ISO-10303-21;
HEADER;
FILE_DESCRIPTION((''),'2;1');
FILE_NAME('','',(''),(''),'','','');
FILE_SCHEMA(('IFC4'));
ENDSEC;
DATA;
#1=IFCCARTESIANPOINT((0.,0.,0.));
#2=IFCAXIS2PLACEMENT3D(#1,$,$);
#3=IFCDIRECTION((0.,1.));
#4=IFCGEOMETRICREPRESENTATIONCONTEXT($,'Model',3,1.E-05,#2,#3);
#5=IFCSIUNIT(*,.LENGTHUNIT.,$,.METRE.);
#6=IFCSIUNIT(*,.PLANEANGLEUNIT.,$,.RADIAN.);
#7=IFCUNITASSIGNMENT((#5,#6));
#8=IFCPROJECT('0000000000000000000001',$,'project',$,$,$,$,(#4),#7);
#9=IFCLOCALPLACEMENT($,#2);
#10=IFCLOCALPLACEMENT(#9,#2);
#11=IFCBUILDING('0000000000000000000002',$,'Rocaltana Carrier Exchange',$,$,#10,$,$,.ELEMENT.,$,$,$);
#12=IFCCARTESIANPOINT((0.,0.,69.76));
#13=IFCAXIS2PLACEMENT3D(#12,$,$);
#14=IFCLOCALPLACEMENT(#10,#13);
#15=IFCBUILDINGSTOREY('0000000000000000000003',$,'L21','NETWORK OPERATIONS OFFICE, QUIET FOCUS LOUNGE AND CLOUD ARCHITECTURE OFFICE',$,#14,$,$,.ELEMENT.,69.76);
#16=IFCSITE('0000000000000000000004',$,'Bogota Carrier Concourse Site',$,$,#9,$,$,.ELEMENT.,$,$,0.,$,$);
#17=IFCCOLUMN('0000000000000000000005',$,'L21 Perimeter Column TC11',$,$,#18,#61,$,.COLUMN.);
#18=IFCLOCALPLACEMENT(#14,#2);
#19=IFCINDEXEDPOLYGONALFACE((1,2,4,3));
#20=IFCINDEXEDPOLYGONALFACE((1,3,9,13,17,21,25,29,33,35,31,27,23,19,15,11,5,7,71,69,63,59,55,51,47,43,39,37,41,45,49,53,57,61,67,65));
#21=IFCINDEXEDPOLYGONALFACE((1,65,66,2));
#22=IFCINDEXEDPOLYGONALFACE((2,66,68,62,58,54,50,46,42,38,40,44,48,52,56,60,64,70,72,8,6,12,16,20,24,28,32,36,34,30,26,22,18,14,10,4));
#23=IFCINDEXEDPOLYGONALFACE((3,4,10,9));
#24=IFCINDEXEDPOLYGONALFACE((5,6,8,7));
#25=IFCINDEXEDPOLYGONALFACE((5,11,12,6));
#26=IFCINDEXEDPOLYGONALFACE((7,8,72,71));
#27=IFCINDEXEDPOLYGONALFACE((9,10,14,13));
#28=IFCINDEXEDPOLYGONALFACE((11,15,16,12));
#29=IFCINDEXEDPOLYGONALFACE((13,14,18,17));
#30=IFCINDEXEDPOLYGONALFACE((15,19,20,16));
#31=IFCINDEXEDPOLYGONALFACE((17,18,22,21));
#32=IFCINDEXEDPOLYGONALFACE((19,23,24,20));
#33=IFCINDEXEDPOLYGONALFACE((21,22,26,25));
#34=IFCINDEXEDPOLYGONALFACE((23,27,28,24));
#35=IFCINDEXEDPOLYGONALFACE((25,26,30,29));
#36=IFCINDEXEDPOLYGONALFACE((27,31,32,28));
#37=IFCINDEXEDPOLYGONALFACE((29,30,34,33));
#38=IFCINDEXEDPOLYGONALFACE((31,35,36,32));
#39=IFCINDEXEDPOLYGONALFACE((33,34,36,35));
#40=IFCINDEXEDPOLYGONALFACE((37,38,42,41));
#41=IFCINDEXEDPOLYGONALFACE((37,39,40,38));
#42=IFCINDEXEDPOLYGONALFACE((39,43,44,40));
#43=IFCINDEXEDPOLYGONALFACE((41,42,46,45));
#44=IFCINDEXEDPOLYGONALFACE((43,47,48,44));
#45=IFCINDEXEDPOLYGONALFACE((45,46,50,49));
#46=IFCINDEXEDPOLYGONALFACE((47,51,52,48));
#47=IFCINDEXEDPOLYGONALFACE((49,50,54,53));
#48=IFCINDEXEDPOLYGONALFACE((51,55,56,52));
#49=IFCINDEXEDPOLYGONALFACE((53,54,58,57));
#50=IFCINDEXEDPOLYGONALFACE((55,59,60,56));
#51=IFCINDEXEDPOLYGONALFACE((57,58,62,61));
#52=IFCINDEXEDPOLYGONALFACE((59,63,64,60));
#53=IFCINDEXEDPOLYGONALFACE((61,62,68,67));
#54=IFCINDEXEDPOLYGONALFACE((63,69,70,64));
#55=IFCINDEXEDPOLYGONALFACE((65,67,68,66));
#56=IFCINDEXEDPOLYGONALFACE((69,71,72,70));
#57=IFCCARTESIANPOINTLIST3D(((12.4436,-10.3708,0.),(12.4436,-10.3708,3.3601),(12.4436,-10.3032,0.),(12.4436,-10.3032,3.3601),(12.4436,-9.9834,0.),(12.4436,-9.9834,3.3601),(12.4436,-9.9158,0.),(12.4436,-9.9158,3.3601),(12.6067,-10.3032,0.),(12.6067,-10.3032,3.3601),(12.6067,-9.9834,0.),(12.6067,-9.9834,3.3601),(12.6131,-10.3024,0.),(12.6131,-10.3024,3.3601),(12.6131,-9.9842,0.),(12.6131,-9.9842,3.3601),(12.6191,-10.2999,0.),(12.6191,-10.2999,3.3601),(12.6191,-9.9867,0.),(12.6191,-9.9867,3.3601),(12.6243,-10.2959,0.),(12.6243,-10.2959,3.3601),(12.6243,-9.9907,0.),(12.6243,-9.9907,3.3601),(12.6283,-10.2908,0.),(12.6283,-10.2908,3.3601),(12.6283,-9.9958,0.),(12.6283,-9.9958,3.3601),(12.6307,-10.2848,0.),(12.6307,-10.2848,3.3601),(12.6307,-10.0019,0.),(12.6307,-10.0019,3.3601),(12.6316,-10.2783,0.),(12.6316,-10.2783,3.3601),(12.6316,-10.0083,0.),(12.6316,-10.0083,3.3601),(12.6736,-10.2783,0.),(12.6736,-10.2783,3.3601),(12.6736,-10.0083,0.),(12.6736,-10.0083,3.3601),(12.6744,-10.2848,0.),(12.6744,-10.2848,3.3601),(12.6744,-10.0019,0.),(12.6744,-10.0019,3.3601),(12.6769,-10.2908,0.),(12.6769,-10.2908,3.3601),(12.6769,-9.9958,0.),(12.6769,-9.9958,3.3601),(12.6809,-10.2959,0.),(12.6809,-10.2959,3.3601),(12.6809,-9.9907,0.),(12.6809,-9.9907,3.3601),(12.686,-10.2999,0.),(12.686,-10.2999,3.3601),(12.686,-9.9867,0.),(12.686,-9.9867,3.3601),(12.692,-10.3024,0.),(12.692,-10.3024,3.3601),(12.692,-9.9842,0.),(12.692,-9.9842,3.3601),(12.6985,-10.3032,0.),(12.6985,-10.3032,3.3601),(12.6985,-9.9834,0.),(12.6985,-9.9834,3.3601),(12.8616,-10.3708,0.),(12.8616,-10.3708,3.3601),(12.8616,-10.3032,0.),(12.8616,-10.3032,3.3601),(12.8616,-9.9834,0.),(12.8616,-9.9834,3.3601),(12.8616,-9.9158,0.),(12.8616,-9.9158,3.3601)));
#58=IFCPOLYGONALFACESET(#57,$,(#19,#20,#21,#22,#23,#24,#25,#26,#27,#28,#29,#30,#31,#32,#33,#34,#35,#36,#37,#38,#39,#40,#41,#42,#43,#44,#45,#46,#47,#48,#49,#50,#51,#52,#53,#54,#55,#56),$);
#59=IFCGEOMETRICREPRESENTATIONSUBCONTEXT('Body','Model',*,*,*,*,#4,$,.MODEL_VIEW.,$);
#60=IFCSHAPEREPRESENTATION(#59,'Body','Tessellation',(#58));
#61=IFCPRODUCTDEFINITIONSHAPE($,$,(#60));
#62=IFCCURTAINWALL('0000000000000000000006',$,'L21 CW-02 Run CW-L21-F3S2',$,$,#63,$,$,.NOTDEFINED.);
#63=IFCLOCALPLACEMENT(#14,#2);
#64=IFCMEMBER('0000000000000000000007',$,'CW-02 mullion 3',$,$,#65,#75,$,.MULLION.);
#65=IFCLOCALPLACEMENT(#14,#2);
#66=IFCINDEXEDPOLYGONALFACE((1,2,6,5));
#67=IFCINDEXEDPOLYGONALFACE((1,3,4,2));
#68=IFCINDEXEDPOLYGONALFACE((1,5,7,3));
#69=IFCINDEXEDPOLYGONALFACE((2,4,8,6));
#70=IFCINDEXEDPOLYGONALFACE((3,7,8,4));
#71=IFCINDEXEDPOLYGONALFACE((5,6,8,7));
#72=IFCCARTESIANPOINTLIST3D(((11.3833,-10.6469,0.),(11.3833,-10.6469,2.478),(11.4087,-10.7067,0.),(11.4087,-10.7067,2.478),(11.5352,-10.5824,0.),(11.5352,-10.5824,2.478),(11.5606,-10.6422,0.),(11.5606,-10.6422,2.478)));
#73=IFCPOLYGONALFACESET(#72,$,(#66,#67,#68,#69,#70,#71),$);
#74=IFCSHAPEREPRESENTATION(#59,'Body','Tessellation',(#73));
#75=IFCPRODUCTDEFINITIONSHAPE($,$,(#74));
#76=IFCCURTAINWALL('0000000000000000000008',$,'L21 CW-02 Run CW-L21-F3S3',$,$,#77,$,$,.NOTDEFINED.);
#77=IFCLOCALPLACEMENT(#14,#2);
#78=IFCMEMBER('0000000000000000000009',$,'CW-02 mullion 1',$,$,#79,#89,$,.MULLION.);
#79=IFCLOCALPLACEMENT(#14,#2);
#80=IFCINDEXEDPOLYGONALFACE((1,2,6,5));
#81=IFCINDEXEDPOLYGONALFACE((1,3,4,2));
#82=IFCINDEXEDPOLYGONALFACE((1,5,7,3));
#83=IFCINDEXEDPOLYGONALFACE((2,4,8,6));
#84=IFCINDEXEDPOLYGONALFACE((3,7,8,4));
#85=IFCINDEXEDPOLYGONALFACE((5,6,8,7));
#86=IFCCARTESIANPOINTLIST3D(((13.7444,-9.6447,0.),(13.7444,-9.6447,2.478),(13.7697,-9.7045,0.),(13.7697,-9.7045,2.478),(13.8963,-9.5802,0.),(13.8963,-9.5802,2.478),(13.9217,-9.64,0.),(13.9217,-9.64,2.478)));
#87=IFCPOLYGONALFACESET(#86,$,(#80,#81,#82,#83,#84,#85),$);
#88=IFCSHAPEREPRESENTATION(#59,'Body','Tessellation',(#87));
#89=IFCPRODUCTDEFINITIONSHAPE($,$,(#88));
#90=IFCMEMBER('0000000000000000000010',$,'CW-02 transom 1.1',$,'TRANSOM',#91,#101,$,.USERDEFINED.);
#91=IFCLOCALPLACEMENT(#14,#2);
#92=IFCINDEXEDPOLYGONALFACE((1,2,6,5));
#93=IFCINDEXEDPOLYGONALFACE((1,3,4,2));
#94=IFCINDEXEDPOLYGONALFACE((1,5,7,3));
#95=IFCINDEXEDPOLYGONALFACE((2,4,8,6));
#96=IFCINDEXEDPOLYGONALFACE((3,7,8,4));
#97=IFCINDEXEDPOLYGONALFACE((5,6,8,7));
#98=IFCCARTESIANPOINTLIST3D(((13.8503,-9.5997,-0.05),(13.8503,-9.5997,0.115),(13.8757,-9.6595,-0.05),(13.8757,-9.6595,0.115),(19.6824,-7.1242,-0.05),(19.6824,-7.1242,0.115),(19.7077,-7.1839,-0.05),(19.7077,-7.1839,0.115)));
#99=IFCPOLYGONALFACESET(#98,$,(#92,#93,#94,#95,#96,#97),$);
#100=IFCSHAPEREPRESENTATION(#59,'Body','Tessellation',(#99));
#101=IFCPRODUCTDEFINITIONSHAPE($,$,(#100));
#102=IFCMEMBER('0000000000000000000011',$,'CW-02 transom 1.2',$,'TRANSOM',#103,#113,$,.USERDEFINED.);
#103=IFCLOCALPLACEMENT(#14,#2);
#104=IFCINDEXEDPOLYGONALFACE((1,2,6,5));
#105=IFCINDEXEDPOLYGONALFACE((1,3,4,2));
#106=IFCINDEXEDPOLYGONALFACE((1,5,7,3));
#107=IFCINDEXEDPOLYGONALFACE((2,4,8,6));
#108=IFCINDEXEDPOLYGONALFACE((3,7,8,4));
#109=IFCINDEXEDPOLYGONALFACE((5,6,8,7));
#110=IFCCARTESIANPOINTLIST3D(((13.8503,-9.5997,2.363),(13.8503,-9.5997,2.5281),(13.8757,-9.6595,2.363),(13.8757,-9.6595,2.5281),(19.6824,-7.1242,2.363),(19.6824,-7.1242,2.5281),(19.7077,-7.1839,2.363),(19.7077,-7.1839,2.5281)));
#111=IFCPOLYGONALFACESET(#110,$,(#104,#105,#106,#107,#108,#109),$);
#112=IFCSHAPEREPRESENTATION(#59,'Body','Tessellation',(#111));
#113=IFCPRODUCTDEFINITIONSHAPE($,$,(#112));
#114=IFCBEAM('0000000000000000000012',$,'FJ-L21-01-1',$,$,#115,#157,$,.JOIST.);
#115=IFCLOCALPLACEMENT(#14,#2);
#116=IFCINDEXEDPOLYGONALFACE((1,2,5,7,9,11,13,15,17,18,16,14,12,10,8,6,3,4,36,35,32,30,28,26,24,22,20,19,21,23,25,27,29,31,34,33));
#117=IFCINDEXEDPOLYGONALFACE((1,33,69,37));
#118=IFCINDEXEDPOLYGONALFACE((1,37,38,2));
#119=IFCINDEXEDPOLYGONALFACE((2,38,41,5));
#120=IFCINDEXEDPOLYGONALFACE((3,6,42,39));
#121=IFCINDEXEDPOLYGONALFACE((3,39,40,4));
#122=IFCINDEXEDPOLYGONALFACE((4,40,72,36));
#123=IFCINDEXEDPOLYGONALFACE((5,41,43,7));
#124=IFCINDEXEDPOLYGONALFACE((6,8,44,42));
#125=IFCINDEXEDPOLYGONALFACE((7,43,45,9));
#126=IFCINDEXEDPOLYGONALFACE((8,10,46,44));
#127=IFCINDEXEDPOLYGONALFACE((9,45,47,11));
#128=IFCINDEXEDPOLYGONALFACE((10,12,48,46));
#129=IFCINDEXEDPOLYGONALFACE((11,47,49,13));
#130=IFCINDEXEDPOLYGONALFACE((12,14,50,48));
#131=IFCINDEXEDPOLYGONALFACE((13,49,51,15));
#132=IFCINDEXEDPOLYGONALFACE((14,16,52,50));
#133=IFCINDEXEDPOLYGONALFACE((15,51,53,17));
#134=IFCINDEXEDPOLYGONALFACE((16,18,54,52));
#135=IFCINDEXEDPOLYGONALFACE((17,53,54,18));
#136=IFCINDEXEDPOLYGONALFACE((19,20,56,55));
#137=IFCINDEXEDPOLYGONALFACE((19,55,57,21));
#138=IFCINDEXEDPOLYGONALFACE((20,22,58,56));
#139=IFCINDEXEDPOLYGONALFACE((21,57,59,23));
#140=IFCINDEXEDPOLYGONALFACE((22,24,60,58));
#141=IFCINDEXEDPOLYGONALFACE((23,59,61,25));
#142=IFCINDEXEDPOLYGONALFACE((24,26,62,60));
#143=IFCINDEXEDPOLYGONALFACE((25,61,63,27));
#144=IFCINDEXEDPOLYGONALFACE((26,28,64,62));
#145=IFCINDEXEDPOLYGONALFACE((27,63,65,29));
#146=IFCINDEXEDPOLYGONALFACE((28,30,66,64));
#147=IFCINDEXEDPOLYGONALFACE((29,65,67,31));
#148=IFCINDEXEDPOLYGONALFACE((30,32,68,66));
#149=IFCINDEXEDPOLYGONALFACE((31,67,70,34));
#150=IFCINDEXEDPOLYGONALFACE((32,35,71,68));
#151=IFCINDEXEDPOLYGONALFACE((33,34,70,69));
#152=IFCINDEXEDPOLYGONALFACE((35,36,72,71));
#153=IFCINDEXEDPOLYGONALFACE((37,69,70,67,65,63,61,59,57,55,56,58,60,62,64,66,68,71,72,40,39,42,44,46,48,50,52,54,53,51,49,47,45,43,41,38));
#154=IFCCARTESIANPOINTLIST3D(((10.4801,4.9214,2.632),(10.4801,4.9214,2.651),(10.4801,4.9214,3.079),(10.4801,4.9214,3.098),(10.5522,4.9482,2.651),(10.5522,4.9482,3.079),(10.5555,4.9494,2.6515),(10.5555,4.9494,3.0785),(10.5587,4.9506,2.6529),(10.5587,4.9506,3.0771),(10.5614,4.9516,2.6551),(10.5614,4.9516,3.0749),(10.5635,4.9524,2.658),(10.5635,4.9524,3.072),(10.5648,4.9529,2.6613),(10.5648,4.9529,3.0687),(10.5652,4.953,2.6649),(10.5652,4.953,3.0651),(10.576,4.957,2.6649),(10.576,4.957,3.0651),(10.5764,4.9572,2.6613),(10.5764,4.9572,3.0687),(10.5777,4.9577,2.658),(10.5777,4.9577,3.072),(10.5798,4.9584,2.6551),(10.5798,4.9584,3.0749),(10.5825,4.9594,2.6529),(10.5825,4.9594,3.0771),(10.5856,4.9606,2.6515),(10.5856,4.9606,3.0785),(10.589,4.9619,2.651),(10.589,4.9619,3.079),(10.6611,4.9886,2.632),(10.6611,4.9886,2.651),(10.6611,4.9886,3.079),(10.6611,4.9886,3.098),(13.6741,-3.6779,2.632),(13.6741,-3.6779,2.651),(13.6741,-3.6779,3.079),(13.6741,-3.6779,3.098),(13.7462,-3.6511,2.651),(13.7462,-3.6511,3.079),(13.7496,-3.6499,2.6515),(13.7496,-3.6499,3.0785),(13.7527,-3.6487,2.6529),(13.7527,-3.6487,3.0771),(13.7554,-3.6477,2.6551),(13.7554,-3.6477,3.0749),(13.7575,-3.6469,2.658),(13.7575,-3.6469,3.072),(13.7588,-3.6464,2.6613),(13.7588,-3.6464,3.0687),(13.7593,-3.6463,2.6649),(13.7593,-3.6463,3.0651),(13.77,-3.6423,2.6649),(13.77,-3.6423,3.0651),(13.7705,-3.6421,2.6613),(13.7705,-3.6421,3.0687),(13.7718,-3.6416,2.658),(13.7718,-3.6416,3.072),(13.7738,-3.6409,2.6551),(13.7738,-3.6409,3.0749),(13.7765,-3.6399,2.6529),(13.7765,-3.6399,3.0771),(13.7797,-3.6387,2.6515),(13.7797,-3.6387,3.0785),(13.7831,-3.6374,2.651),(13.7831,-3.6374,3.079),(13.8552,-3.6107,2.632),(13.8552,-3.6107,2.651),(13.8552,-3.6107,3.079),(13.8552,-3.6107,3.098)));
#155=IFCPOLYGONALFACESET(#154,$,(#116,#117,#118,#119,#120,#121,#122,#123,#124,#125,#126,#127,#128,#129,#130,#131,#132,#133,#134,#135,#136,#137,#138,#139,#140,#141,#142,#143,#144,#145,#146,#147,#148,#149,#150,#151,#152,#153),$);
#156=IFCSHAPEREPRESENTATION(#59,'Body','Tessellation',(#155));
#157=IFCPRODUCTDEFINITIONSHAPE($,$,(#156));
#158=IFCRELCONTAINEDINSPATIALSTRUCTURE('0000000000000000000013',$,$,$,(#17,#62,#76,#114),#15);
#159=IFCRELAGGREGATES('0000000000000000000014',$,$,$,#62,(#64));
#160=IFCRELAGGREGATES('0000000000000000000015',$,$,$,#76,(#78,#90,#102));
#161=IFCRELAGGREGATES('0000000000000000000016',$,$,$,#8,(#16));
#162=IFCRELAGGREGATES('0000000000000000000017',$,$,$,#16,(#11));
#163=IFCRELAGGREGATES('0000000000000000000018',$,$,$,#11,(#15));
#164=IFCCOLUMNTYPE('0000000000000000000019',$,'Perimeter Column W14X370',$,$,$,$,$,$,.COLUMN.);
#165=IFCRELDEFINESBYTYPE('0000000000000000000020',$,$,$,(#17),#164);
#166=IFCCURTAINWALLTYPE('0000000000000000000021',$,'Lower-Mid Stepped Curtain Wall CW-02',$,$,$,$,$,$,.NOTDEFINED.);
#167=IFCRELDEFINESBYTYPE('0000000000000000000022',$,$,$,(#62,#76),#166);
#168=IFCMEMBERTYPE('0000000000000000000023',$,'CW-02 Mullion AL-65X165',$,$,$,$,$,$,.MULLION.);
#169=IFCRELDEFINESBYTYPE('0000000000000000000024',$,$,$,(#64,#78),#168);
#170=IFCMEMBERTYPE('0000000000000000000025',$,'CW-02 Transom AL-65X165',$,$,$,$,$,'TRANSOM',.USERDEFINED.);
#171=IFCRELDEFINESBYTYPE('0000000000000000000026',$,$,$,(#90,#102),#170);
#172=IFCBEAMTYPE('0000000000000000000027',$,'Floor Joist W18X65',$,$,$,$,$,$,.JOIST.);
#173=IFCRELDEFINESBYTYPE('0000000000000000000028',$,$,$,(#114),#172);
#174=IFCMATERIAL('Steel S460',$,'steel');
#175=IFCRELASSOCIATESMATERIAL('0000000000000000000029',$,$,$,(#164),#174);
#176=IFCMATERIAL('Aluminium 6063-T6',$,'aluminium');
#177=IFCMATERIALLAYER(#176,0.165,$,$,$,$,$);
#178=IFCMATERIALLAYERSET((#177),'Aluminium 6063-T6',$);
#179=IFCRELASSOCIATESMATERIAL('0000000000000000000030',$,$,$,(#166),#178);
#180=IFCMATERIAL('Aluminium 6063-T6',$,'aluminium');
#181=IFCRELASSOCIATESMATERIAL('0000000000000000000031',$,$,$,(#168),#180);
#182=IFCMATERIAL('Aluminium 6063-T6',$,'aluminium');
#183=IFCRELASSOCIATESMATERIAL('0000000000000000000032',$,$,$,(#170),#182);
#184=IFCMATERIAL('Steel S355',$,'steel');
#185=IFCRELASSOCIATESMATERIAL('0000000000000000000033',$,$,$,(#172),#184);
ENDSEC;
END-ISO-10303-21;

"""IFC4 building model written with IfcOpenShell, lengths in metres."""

from ifc_helpers import new_model, si_unit, direction, frame, origin, origin_2d, place, context, subcontext, project, spatial, rectangle, i_section, extrude, material, layer, layer_set, material_profile, profile_set, type_object, element, aggregate, save


model = new_model("IFC4")

# Units and contexts
model_context = context("Model", 3, precision=1e-05, world=origin(), true_north=direction((0.0, 1.0)))
body_context = subcontext(model_context, "Body", "Model", "MODEL_VIEW")
ifc_project = project(units=[si_unit("LENGTHUNIT", "METRE"), si_unit("PLANEANGLEUNIT", "RADIAN")], contexts=[model_context])

# Site, building, storey
site_placement = place(None, origin())
site = spatial("IfcSite", under=ifc_project, at=site_placement, Name="Bogota Carrier Concourse Site", CompositionType="ELEMENT", RefElevation=0.0)
building_placement = place(site_placement, origin())
building = spatial("IfcBuilding", under=site, at=building_placement, Name="Rocaltana Carrier Exchange", CompositionType="ELEMENT")
storey_placement = place(building_placement, frame((0.0, 0.0, 69.76)))
storey = spatial("IfcBuildingStorey", under=building, at=storey_placement, Name="L21", Description="NETWORK OPERATIONS OFFICE, QUIET FOCUS LOUNGE AND CLOUD ARCHITECTURE OFFICE", CompositionType="ELEMENT", Elevation=69.76)

# Column
ifc_material_1 = material(Name="Steel S460", Category="steel")
ifc_material_profile_1 = material_profile(ifc_material_1, i_section(OverallWidth=0.418, OverallDepth=0.4551, WebThickness=0.042, FlangeThickness=0.0676, FilletRadius=0.0249, at=origin_2d()), Name="W14X370")
ifc_profile_set_1 = profile_set([ifc_material_profile_1], Name="Steel S460")
column_type = type_object("IfcColumnType", Name="Perimeter Column W14X370", PredefinedType="COLUMN", material=ifc_profile_set_1)
column_placement = place(storey_placement, frame((12.6526, -10.1433, 0.0), z_axis=(0.0, 0.0, 1.0), x_axis=(1.0, 0.0, 0.0)))
element("IfcColumn", 1, at=column_placement, inside=storey, type_object=column_type, Name="L21 Perimeter Column TC11", PredefinedType="COLUMN", context=body_context, shape_type="SweptSolid", body=[
    extrude(i_section(OverallWidth=0.418, OverallDepth=0.4551, WebThickness=0.042, FlangeThickness=0.0676, FilletRadius=0.0249, at=origin_2d()), origin(), (0.0, 0.0, 1.0), 3.3601),
])

# Curtain wall, member
ifc_material_2 = material(Name="Aluminium 6063-T6", Category="aluminium")
ifc_layer_1 = layer(ifc_material_2, 0.165)
ifc_layer_set_1 = layer_set([ifc_layer_1], Name="Aluminium 6063-T6")
curtain_wall_type = type_object("IfcCurtainWallType", Name="Lower-Mid Stepped Curtain Wall CW-02", PredefinedType="NOTDEFINED", material=ifc_layer_set_1)
curtain_wall_1_placement = place(storey_placement, origin())
curtain_wall_1 = element("IfcCurtainWall", 2, at=curtain_wall_1_placement, inside=storey, type_object=curtain_wall_type, Name="L21 CW-02 Run CW-L21-F3S2", PredefinedType="NOTDEFINED")
ifc_material_3 = material(Name="Aluminium 6063-T6", Category="aluminium")
ifc_material_profile_2 = material_profile(ifc_material_3, rectangle(XDim=0.0649, YDim=0.165, at=origin_2d()), Name="AL-65X165")
ifc_profile_set_2 = profile_set([ifc_material_profile_2], Name="Aluminium 6063-T6")
member_type_1 = type_object("IfcMemberType", Name="CW-02 Mullion AL-65X165", PredefinedType="MULLION", material=ifc_profile_set_2)
member_1_placement = place(storey_placement, frame((11.4719, -10.6445, 0.0), z_axis=(0.0, 0.0, 1.0), x_axis=(-0.390729, 0.920506, 0.0)))
member_1 = element("IfcMember", 3, at=member_1_placement, type_object=member_type_1, Name="CW-02 mullion 3", PredefinedType="MULLION", context=body_context, shape_type="SweptSolid", body=[
    extrude(rectangle(XDim=0.0649, YDim=0.165, at=origin_2d()), origin(), (0.0, 0.0, 1.0), 2.478),
])
aggregate(curtain_wall_1, [member_1])

# Curtain wall, members
curtain_wall_2_placement = place(storey_placement, origin())
curtain_wall_2 = element("IfcCurtainWall", 4, at=curtain_wall_2_placement, inside=storey, type_object=curtain_wall_type, Name="L21 CW-02 Run CW-L21-F3S3", PredefinedType="NOTDEFINED")
member_2_placement = place(storey_placement, frame((13.833, -9.6423, 0.0), z_axis=(0.0, 0.0, 1.0), x_axis=(-0.390735, 0.920503, 0.0)))
member_2 = element("IfcMember", 5, at=member_2_placement, type_object=member_type_1, Name="CW-02 mullion 1", PredefinedType="MULLION", context=body_context, shape_type="SweptSolid", body=[
    extrude(rectangle(XDim=0.0649, YDim=0.165, at=origin_2d()), origin(), (0.0, 0.0, 1.0), 2.478),
])
ifc_material_4 = material(Name="Aluminium 6063-T6", Category="aluminium")
ifc_material_profile_3 = material_profile(ifc_material_4, rectangle(XDim=0.0649, YDim=0.165, at=origin_2d()), Name="AL-65X165")
ifc_profile_set_3 = profile_set([ifc_material_profile_3], Name="Aluminium 6063-T6")
member_type_2 = type_object("IfcMemberType", Name="CW-02 Transom AL-65X165", ElementType="TRANSOM", PredefinedType="USERDEFINED", material=ifc_profile_set_3)
member_3_placement = place(storey_placement, frame((13.863, -9.6296, 0.0325), z_axis=(0.920503, 0.390736, 0.0), x_axis=(-0.390736, 0.920503, 0.0)))
member_3 = element("IfcMember", 6, at=member_3_placement, type_object=member_type_2, Name="CW-02 transom 1.1", ObjectType="TRANSOM", PredefinedType="USERDEFINED", context=body_context, shape_type="SweptSolid", body=[
    extrude(rectangle(XDim=0.0649, YDim=0.165, at=origin_2d()), origin(), (0.0, 0.0, 1.0), 6.3357),
])
member_4_placement = place(storey_placement, frame((13.863, -9.6296, 2.4456), z_axis=(0.920503, 0.390736, 0.0), x_axis=(-0.390736, 0.920503, 0.0)))
member_4 = element("IfcMember", 7, at=member_4_placement, type_object=member_type_2, Name="CW-02 transom 1.2", ObjectType="TRANSOM", PredefinedType="USERDEFINED", context=body_context, shape_type="SweptSolid", body=[
    extrude(rectangle(XDim=0.0649, YDim=0.165, at=origin_2d()), origin(), (0.0, 0.0, 1.0), 6.3357),
])

# Beam
ifc_material_5 = material(Name="Steel S355", Category="steel")
ifc_material_profile_4 = material_profile(ifc_material_5, i_section(OverallWidth=0.1931, OverallDepth=0.4661, WebThickness=0.0115, FlangeThickness=0.019, FilletRadius=0.0139, at=origin_2d()), Name="W18X65")
ifc_profile_set_4 = profile_set([ifc_material_profile_4], Name="Steel S355")
beam_type_1 = type_object("IfcBeamType", Name="Floor Joist W18X65", PredefinedType="JOIST", material=ifc_profile_set_4)
beam_1_placement = place(storey_placement, frame((13.7646, -3.6443, 2.865), z_axis=(-0.348191, 0.937424, 0.0), x_axis=(-0.937424, -0.348191, 0.0)))
element("IfcBeam", 8, at=beam_1_placement, inside=storey, type_object=beam_type_1, Name="FJ-L21-01-1", PredefinedType="JOIST", context=body_context, shape_type="SweptSolid", body=[
    extrude(i_section(OverallWidth=0.1931, OverallDepth=0.4661, WebThickness=0.0115, FlangeThickness=0.019, FilletRadius=0.0139, at=origin_2d()), origin(), (0.0, 0.0, 1.0), 9.1733),
])

aggregate(curtain_wall_2, [member_2, member_3, member_4])

save(model, "model.ifc")
